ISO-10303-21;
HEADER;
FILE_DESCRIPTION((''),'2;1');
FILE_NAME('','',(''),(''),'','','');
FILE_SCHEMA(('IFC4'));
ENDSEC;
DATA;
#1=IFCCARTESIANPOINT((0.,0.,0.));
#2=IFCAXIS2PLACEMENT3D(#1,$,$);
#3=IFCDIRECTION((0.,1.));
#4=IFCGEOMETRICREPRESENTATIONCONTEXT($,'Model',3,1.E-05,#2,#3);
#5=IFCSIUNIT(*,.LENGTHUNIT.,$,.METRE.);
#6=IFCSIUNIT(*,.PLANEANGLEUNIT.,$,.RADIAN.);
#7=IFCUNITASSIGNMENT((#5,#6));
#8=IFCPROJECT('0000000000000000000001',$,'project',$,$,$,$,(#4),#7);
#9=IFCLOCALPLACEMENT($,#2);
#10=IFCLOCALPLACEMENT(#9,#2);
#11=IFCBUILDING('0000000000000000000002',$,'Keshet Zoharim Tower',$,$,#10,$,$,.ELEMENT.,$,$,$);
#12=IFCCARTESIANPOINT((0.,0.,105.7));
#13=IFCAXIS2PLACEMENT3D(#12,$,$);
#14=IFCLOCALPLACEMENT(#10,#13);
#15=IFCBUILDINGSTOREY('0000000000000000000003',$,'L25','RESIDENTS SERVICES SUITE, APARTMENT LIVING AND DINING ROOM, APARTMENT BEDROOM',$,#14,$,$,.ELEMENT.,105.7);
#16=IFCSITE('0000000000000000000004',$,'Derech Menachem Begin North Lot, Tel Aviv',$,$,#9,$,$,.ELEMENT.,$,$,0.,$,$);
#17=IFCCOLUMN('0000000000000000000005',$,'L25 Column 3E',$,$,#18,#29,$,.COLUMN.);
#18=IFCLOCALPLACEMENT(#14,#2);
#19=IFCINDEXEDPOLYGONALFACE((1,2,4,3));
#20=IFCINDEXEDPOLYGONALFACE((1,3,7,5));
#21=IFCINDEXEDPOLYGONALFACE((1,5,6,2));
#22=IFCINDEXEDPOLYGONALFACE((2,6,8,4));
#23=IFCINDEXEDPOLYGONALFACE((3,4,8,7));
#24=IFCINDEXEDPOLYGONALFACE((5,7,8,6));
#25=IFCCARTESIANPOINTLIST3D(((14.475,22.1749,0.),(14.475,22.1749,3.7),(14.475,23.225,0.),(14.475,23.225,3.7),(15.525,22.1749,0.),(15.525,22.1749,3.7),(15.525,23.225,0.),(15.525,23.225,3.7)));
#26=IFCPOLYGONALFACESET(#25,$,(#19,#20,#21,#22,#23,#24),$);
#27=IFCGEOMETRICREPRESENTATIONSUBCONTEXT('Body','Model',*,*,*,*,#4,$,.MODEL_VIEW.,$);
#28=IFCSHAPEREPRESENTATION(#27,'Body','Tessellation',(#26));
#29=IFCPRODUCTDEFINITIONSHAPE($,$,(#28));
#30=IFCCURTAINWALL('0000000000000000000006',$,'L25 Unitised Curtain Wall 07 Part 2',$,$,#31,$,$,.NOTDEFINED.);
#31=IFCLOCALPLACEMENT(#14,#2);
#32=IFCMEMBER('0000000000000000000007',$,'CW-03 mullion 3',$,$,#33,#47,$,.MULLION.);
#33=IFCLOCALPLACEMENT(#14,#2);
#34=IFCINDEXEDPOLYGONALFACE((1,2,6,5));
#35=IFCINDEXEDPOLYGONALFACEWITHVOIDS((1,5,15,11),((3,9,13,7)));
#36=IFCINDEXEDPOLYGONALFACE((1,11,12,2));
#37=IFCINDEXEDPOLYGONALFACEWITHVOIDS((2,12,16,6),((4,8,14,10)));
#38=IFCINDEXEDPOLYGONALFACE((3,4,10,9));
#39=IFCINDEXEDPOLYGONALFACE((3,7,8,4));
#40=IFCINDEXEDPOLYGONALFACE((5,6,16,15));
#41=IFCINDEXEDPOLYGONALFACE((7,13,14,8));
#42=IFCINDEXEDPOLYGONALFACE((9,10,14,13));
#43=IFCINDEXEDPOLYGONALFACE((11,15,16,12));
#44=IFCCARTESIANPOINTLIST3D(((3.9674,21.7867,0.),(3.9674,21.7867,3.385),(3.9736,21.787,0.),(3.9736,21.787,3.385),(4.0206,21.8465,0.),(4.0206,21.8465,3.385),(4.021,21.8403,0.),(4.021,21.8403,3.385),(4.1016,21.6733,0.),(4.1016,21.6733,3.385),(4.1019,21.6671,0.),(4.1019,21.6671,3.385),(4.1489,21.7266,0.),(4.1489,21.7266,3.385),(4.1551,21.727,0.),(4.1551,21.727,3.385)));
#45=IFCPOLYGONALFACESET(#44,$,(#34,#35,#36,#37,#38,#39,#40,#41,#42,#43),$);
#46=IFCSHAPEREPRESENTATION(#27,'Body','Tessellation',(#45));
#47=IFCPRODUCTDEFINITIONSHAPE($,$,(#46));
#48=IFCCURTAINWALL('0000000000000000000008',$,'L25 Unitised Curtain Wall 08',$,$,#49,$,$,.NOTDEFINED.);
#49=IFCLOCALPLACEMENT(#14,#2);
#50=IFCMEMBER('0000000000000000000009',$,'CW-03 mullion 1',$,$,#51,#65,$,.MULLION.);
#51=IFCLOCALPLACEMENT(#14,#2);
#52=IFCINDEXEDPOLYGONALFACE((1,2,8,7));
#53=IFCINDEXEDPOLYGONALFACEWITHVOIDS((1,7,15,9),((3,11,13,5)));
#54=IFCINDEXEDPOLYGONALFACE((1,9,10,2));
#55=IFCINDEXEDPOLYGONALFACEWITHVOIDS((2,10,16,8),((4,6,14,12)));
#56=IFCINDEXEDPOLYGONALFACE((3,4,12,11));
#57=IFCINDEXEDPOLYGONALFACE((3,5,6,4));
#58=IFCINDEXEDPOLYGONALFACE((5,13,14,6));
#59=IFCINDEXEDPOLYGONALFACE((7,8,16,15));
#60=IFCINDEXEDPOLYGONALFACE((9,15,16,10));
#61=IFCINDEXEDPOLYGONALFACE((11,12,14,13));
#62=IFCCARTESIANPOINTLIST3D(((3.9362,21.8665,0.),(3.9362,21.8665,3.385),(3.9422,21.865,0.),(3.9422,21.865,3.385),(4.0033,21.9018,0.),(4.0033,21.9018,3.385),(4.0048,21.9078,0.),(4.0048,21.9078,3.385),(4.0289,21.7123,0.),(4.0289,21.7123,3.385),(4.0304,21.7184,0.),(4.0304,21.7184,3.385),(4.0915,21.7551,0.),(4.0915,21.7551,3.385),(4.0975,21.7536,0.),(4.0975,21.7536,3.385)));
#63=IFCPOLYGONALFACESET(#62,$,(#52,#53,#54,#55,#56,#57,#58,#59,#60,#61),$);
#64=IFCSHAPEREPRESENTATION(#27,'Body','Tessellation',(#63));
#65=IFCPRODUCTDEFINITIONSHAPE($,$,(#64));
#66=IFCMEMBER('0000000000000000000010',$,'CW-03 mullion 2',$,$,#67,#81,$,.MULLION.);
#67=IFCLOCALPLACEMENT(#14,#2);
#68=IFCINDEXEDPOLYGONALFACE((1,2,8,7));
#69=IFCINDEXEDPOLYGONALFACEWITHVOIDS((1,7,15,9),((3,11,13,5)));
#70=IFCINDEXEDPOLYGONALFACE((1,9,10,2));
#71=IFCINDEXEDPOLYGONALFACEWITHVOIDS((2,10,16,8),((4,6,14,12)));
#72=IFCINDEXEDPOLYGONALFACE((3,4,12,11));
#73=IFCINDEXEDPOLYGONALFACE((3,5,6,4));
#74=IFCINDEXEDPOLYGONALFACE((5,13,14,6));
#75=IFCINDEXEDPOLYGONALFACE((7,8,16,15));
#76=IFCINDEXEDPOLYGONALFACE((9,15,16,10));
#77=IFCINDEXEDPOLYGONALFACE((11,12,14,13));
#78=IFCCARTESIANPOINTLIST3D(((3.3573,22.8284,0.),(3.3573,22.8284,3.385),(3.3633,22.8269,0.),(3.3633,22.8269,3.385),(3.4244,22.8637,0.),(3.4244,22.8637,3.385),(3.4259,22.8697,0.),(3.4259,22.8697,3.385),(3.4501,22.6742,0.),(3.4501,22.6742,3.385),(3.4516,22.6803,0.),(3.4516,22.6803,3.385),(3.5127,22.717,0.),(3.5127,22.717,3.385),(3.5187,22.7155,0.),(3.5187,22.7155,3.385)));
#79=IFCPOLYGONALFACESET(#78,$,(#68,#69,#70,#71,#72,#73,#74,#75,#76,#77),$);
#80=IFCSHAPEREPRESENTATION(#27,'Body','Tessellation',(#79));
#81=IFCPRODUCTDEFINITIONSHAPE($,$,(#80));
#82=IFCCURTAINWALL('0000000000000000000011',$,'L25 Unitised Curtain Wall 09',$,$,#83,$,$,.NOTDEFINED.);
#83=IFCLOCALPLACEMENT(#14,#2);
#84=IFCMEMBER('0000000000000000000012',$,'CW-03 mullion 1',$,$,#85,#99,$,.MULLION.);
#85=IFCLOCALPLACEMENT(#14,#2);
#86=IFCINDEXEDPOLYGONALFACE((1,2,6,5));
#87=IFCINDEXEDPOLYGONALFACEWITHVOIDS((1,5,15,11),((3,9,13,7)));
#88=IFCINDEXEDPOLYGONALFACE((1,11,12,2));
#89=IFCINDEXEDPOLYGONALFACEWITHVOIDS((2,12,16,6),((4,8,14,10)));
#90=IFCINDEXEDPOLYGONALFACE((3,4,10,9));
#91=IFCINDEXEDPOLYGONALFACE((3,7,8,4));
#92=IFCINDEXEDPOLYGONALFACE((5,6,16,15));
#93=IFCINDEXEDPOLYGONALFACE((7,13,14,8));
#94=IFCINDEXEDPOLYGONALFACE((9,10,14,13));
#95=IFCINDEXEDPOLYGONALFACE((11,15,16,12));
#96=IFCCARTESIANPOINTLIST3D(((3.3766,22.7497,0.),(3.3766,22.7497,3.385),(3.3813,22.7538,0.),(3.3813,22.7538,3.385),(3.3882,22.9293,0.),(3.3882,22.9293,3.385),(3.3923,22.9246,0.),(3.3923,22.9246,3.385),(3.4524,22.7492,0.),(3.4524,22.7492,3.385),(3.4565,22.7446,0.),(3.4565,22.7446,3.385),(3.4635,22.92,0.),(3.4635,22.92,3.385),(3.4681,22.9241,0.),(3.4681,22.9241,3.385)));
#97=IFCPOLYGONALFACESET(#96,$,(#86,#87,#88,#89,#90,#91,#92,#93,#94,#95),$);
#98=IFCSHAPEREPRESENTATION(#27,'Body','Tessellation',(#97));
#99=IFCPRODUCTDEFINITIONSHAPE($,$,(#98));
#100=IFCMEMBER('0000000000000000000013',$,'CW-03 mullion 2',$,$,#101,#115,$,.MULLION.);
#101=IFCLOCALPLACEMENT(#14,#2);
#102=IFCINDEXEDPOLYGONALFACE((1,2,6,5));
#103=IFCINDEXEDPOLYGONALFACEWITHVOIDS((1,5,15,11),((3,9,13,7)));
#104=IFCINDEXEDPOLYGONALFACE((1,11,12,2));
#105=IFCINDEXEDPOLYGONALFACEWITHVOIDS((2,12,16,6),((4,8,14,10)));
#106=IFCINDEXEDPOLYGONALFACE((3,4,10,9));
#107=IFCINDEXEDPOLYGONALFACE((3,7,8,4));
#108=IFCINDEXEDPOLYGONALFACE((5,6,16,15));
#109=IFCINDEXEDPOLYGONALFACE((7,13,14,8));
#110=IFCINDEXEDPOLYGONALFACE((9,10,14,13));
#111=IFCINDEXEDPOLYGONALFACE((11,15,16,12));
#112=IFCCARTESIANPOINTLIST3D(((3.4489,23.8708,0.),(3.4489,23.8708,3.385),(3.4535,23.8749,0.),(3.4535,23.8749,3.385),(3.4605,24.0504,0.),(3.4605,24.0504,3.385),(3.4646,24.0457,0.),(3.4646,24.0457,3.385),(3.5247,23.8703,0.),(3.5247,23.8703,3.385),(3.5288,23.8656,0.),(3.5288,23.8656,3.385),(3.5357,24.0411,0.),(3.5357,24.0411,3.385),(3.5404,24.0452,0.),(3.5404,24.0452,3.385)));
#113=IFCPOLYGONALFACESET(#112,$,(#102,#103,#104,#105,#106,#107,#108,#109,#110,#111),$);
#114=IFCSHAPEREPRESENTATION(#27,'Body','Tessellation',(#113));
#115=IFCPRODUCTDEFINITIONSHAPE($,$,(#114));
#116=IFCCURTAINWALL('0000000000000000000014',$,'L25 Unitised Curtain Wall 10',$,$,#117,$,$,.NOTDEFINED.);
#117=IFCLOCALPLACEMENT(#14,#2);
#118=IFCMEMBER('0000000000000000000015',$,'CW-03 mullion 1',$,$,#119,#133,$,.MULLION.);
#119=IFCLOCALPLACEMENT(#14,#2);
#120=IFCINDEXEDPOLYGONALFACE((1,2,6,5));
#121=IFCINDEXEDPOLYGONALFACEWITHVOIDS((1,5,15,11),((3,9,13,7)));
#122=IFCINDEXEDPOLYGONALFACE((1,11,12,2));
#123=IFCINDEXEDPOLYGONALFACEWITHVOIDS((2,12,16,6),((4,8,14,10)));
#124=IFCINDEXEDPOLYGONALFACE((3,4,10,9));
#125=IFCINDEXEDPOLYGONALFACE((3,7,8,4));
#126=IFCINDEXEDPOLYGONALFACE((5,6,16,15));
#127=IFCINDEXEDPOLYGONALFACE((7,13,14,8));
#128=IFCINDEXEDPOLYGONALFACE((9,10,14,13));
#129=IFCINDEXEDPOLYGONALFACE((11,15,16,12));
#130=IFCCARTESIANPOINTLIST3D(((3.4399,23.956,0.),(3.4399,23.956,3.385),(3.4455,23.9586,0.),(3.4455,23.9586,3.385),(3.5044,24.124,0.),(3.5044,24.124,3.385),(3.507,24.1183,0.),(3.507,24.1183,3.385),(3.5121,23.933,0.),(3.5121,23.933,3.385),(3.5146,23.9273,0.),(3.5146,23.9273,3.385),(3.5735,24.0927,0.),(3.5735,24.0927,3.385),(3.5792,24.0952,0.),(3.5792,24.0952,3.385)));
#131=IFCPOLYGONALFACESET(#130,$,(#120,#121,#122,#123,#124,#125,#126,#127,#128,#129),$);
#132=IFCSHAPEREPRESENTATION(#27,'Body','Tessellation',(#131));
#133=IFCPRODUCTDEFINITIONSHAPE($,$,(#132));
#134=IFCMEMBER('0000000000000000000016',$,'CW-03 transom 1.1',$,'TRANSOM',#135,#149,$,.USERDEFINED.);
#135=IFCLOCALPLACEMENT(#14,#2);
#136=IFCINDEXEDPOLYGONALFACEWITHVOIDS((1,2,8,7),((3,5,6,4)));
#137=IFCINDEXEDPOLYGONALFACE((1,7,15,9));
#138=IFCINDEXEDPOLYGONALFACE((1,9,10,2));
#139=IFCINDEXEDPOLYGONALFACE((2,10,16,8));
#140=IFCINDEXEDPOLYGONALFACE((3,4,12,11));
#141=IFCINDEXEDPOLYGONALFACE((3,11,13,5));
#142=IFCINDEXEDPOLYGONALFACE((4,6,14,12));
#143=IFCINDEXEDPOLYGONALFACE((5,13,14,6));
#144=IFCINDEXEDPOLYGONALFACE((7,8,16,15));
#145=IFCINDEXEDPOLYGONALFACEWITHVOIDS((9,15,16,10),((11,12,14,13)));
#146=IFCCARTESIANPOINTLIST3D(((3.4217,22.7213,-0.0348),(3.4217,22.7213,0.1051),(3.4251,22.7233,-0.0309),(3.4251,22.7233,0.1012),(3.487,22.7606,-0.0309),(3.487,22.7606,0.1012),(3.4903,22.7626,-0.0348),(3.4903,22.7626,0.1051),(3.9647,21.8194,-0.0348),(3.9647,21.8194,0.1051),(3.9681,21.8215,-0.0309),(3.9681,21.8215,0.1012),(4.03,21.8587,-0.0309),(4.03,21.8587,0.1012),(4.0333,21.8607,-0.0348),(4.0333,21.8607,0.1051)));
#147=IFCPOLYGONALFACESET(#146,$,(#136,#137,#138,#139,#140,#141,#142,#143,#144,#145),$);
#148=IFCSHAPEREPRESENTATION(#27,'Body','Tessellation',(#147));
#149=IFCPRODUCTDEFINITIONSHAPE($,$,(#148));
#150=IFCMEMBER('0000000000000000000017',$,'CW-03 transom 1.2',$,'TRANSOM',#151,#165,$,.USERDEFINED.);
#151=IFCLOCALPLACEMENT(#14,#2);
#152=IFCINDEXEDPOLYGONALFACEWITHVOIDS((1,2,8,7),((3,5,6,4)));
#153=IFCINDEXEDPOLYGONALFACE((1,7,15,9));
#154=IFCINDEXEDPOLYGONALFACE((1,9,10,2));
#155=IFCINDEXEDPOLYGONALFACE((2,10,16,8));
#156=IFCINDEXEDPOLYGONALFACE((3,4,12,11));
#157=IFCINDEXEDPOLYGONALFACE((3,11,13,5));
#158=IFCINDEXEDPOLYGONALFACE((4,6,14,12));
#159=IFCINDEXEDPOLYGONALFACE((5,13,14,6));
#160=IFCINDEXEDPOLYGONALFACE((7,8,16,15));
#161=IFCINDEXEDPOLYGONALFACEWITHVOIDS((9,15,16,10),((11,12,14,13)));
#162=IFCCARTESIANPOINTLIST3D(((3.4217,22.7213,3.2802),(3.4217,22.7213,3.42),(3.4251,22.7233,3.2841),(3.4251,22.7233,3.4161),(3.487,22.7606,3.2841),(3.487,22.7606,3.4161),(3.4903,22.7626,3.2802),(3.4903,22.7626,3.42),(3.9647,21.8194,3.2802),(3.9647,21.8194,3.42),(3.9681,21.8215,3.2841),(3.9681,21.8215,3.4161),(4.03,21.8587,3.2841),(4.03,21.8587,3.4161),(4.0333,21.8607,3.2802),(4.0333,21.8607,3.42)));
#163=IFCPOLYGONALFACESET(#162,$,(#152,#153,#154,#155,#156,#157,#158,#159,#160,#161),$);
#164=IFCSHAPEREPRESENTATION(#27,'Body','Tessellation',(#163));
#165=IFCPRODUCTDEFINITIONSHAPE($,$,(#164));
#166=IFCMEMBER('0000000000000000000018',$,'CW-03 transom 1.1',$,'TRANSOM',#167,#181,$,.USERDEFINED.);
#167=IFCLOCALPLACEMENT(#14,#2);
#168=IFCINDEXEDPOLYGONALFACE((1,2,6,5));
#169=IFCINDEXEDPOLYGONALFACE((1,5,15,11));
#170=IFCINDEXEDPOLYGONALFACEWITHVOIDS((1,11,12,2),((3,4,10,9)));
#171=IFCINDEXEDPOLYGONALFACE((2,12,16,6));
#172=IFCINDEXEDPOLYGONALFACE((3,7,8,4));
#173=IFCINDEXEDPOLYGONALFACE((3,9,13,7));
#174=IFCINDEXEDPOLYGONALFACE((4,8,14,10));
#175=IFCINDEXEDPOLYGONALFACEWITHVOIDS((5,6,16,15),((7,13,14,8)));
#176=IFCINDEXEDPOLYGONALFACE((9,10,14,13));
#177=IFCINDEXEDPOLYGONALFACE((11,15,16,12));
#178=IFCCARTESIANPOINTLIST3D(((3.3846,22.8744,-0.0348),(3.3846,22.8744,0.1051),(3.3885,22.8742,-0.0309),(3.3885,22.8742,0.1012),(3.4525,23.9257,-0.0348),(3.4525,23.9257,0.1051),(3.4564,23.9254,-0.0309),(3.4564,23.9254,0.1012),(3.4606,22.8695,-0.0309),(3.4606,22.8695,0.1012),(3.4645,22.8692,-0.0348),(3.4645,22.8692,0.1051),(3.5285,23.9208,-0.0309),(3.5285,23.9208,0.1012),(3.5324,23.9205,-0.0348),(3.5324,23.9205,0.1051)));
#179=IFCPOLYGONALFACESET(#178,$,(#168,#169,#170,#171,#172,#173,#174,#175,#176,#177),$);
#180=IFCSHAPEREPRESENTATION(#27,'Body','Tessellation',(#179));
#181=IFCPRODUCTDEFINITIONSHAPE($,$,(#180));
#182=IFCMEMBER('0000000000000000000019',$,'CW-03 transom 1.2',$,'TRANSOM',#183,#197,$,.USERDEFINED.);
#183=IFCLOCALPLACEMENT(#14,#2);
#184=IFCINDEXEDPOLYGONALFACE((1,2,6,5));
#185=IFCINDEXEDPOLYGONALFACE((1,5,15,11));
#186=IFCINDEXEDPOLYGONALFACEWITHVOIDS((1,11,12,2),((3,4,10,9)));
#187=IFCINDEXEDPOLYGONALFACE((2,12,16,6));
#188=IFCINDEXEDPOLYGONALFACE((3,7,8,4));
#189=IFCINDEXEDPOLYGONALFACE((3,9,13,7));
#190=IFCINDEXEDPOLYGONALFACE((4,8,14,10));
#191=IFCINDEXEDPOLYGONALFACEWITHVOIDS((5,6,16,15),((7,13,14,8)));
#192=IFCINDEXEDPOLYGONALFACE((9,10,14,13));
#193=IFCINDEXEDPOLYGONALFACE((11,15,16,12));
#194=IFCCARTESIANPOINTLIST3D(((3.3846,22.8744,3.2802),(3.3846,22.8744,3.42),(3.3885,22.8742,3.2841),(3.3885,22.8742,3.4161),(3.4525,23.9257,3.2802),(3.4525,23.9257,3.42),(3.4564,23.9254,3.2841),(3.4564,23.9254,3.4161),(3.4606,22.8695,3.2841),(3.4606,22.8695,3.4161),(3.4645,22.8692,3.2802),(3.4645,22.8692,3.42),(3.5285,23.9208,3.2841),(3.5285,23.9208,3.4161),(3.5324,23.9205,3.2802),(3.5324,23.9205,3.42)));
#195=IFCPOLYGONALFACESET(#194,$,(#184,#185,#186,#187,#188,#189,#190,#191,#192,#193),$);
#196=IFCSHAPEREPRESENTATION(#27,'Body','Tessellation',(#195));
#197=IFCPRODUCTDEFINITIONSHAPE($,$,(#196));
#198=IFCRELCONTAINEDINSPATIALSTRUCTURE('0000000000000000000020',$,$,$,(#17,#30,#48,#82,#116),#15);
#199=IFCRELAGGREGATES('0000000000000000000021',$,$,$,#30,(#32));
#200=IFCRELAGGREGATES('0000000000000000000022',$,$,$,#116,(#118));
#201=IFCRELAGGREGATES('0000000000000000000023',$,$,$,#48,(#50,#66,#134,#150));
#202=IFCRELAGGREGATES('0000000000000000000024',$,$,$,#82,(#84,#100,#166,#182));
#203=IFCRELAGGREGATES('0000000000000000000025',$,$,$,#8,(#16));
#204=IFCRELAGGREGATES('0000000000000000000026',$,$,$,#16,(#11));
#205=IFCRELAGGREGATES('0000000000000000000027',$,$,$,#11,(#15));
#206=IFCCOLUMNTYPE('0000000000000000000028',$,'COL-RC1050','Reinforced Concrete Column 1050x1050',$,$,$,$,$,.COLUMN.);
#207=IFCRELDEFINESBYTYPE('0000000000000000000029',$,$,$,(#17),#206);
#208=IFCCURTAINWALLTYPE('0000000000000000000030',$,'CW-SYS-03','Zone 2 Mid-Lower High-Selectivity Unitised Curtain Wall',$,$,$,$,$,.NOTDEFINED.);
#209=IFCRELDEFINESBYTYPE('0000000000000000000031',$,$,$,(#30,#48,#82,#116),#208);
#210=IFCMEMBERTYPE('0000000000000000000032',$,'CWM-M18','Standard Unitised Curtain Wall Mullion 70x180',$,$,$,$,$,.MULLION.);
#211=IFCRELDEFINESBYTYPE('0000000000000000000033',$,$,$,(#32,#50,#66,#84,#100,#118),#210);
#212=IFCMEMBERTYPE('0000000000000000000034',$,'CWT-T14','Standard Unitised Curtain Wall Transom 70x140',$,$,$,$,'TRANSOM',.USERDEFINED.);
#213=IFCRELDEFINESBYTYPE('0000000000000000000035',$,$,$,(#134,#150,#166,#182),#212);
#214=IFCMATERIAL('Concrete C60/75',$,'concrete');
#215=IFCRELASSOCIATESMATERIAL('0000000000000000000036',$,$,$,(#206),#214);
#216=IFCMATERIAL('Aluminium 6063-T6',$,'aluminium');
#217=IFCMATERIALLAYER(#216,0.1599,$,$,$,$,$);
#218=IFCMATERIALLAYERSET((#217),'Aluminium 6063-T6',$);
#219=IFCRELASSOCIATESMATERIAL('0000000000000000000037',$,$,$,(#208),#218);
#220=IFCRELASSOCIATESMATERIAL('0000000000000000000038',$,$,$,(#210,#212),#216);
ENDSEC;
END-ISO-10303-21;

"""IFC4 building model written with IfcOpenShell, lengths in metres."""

from ifc_helpers import new_model, si_unit, direction, frame, origin, origin_2d, place, context, subcontext, project, spatial, rectangle, hollow_rectangle, extrude, material, layer, layer_set, material_profile, profile_set, type_object, element, aggregate, save


model = new_model("IFC4")

# Units and contexts
model_context = context("Model", 3, precision=1e-05, world=origin(), true_north=direction((0.0, 1.0)))
body_context = subcontext(model_context, "Body", "Model", "MODEL_VIEW")
ifc_project = project(units=[si_unit("LENGTHUNIT", "METRE"), si_unit("PLANEANGLEUNIT", "RADIAN")], contexts=[model_context])

# Site, building, storey
site_placement = place(None, origin())
site = spatial("IfcSite", under=ifc_project, at=site_placement, Name="Derech Menachem Begin North Lot, Tel Aviv", CompositionType="ELEMENT", RefElevation=0.0)
building_placement = place(site_placement, origin())
building = spatial("IfcBuilding", under=site, at=building_placement, Name="Keshet Zoharim Tower", CompositionType="ELEMENT")
storey_placement = place(building_placement, frame((0.0, 0.0, 105.7)))
storey = spatial("IfcBuildingStorey", under=building, at=storey_placement, Name="L25", Description="RESIDENTS SERVICES SUITE, APARTMENT LIVING AND DINING ROOM, APARTMENT BEDROOM", CompositionType="ELEMENT", Elevation=105.7)

# Column
ifc_material_1 = material(Name="Concrete C60/75", Category="concrete")
ifc_material_profile_1 = material_profile(ifc_material_1, rectangle(XDim=1.05, YDim=1.05, at=origin_2d()), Name="RC1050x1050")
ifc_profile_set_1 = profile_set([ifc_material_profile_1], Name="Concrete C60/75")
column_type = type_object("IfcColumnType", Name="COL-RC1050", Description="Reinforced Concrete Column 1050x1050", PredefinedType="COLUMN", material=ifc_profile_set_1)
column_placement = place(storey_placement, frame((15.0, 22.7, 0.0), z_axis=(0.0, 0.0, 1.0), x_axis=(1.0, 0.0, 0.0)))
element("IfcColumn", 1, at=column_placement, inside=storey, type_object=column_type, Name="L25 Column 3E", PredefinedType="COLUMN", context=body_context, shape_type="SweptSolid", body=[
    extrude(rectangle(XDim=1.05, YDim=1.05, at=origin_2d()), origin(), (0.0, 0.0, 1.0), 3.7),
])

# Curtain wall, member
ifc_material_2 = material(Name="Aluminium 6063-T6", Category="aluminium")
ifc_layer_1 = layer(ifc_material_2, 0.1599)
ifc_layer_set_1 = layer_set([ifc_layer_1], Name="Aluminium 6063-T6")
curtain_wall_type = type_object("IfcCurtainWallType", Name="CW-SYS-03", Description="Zone 2 Mid-Lower High-Selectivity Unitised Curtain Wall", PredefinedType="NOTDEFINED", material=ifc_layer_set_1)
curtain_wall_1_placement = place(storey_placement, origin())
curtain_wall_1 = element("IfcCurtainWall", 2, at=curtain_wall_1_placement, inside=storey, type_object=curtain_wall_type, Name="L25 Unitised Curtain Wall 07 Part 2", PredefinedType="NOTDEFINED")
ifc_material_profile_2 = material_profile(ifc_material_2, hollow_rectangle(XDim=0.0801, YDim=0.1799, WallThickness=0.0044, at=origin_2d()), Name="MUL-80x180")
ifc_profile_set_2 = profile_set([ifc_material_profile_2], Name="Aluminium 6063-T6")
member_type_1 = type_object("IfcMemberType", Name="CWM-M18", Description="Standard Unitised Curtain Wall Mullion 70x180", PredefinedType="MULLION", material=ifc_profile_set_2)
member_1_placement = place(storey_placement, frame((4.0613, 21.7568, 0.0), z_axis=(0.0, 0.0, 1.0), x_axis=(-0.664364, -0.747409, 0.0)))
member_1 = element("IfcMember", 3, at=member_1_placement, type_object=member_type_1, Name="CW-03 mullion 3", PredefinedType="MULLION", context=body_context, shape_type="SweptSolid", body=[
    extrude(hollow_rectangle(XDim=0.0801, YDim=0.1799, WallThickness=0.0044, at=origin_2d()), origin(), (0.0, 0.0, 1.0), 3.385),
])
aggregate(curtain_wall_1, [member_1])

# Curtain walls, members
curtain_wall_2_placement = place(storey_placement, origin())
curtain_wall_2 = element("IfcCurtainWall", 4, at=curtain_wall_2_placement, inside=storey, type_object=curtain_wall_type, Name="L25 Unitised Curtain Wall 08", PredefinedType="NOTDEFINED")
member_2_placement = place(storey_placement, frame((4.0168, 21.8101, 0.0), z_axis=(0.0, 0.0, 1.0), x_axis=(-0.856826, -0.515605, 0.0)))
member_2 = element("IfcMember", 5, at=member_2_placement, type_object=member_type_1, Name="CW-03 mullion 1", PredefinedType="MULLION", context=body_context, shape_type="SweptSolid", body=[
    extrude(hollow_rectangle(XDim=0.0801, YDim=0.1799, WallThickness=0.0044, at=origin_2d()), origin(), (0.0, 0.0, 1.0), 3.385),
])
member_3_placement = place(storey_placement, frame((3.438, 22.772, 0.0), z_axis=(0.0, 0.0, 1.0), x_axis=(-0.856826, -0.515605, 0.0)))
member_3 = element("IfcMember", 6, at=member_3_placement, type_object=member_type_1, Name="CW-03 mullion 2", PredefinedType="MULLION", context=body_context, shape_type="SweptSolid", body=[
    extrude(hollow_rectangle(XDim=0.0801, YDim=0.1799, WallThickness=0.0044, at=origin_2d()), origin(), (0.0, 0.0, 1.0), 3.385),
])
curtain_wall_3_placement = place(storey_placement, origin())
curtain_wall_3 = element("IfcCurtainWall", 7, at=curtain_wall_3_placement, inside=storey, type_object=curtain_wall_type, Name="L25 Unitised Curtain Wall 09", PredefinedType="NOTDEFINED")
member_4_placement = place(storey_placement, frame((3.4224, 22.8369, 0.0), z_axis=(0.0, 0.0, 1.0), x_axis=(-0.997917, 0.064517, 0.0)))
member_4 = element("IfcMember", 8, at=member_4_placement, type_object=member_type_1, Name="CW-03 mullion 1", PredefinedType="MULLION", context=body_context, shape_type="SweptSolid", body=[
    extrude(hollow_rectangle(XDim=0.0801, YDim=0.1799, WallThickness=0.0044, at=origin_2d()), origin(), (0.0, 0.0, 1.0), 3.385),
])
member_5_placement = place(storey_placement, frame((3.4946, 23.958, 0.0), z_axis=(0.0, 0.0, 1.0), x_axis=(-0.997917, 0.064517, 0.0)))
member_5 = element("IfcMember", 9, at=member_5_placement, type_object=member_type_1, Name="CW-03 mullion 2", PredefinedType="MULLION", context=body_context, shape_type="SweptSolid", body=[
    extrude(hollow_rectangle(XDim=0.0801, YDim=0.1799, WallThickness=0.0044, at=origin_2d()), origin(), (0.0, 0.0, 1.0), 3.385),
])

# Curtain wall, member
curtain_wall_4_placement = place(storey_placement, origin())
curtain_wall_4 = element("IfcCurtainWall", 10, at=curtain_wall_4_placement, inside=storey, type_object=curtain_wall_type, Name="L25 Unitised Curtain Wall 10", PredefinedType="NOTDEFINED")
member_6_placement = place(storey_placement, frame((3.5095, 24.0256, 0.0), z_axis=(0.0, 0.0, 1.0), x_axis=(-0.933341, 0.35899, 0.0)))
member_6 = element("IfcMember", 11, at=member_6_placement, type_object=member_type_1, Name="CW-03 mullion 1", PredefinedType="MULLION", context=body_context, shape_type="SweptSolid", body=[
    extrude(hollow_rectangle(XDim=0.0801, YDim=0.1799, WallThickness=0.0044, at=origin_2d()), origin(), (0.0, 0.0, 1.0), 3.385),
])

# Members
ifc_material_profile_3 = material_profile(ifc_material_2, hollow_rectangle(XDim=0.0801, YDim=0.1399, WallThickness=0.0039, at=origin_2d()), Name="TRN-80x140")
ifc_profile_set_3 = profile_set([ifc_material_profile_3], Name="Aluminium 6063-T6")
member_type_2 = type_object("IfcMemberType", Name="CWT-T14", Description="Standard Unitised Curtain Wall Transom 70x140", ElementType="TRANSOM", PredefinedType="USERDEFINED", material=ifc_profile_set_3)
member_7_placement = place(storey_placement, frame((3.999, 21.8401, 0.0352), z_axis=(-0.515791, 0.856714, 0.0), x_axis=(-0.856714, -0.515791, 0.0)))
member_7 = element("IfcMember", 12, at=member_7_placement, type_object=member_type_2, Name="CW-03 transom 1.1", ObjectType="TRANSOM", PredefinedType="USERDEFINED", context=body_context, shape_type="SweptSolid", body=[
    extrude(hollow_rectangle(XDim=0.0801, YDim=0.1399, WallThickness=0.0039, at=origin_2d()), origin(), (0.0, 0.0, 1.0), 1.0527),
])
member_8_placement = place(storey_placement, frame((3.999, 21.8401, 3.3501), z_axis=(-0.515791, 0.856714, 0.0), x_axis=(-0.856714, -0.515791, 0.0)))
member_8 = element("IfcMember", 13, at=member_8_placement, type_object=member_type_2, Name="CW-03 transom 1.2", ObjectType="TRANSOM", PredefinedType="USERDEFINED", context=body_context, shape_type="SweptSolid", body=[
    extrude(hollow_rectangle(XDim=0.0801, YDim=0.1399, WallThickness=0.0039, at=origin_2d()), origin(), (0.0, 0.0, 1.0), 1.0527),
])
member_9_placement = place(storey_placement, frame((3.4246, 22.8718, 0.0352), z_axis=(0.064427, 0.997922, 0.0), x_axis=(-0.997922, 0.064427, 0.0)))
member_9 = element("IfcMember", 14, at=member_9_placement, type_object=member_type_2, Name="CW-03 transom 1.1", ObjectType="TRANSOM", PredefinedType="USERDEFINED", context=body_context, shape_type="SweptSolid", body=[
    extrude(hollow_rectangle(XDim=0.0801, YDim=0.1399, WallThickness=0.0039, at=origin_2d()), origin(), (0.0, 0.0, 1.0), 1.0535),
])
member_10_placement = place(storey_placement, frame((3.4246, 22.8718, 3.3501), z_axis=(0.064427, 0.997922, 0.0), x_axis=(-0.997922, 0.064427, 0.0)))
member_10 = element("IfcMember", 15, at=member_10_placement, type_object=member_type_2, Name="CW-03 transom 1.2", ObjectType="TRANSOM", PredefinedType="USERDEFINED", context=body_context, shape_type="SweptSolid", body=[
    extrude(hollow_rectangle(XDim=0.0801, YDim=0.1399, WallThickness=0.0039, at=origin_2d()), origin(), (0.0, 0.0, 1.0), 1.0535),
])
aggregate(curtain_wall_4, [member_6])

aggregate(curtain_wall_2, [member_2, member_3, member_7, member_8])
aggregate(curtain_wall_3, [member_4, member_5, member_9, member_10])

save(model, "model.ifc")
